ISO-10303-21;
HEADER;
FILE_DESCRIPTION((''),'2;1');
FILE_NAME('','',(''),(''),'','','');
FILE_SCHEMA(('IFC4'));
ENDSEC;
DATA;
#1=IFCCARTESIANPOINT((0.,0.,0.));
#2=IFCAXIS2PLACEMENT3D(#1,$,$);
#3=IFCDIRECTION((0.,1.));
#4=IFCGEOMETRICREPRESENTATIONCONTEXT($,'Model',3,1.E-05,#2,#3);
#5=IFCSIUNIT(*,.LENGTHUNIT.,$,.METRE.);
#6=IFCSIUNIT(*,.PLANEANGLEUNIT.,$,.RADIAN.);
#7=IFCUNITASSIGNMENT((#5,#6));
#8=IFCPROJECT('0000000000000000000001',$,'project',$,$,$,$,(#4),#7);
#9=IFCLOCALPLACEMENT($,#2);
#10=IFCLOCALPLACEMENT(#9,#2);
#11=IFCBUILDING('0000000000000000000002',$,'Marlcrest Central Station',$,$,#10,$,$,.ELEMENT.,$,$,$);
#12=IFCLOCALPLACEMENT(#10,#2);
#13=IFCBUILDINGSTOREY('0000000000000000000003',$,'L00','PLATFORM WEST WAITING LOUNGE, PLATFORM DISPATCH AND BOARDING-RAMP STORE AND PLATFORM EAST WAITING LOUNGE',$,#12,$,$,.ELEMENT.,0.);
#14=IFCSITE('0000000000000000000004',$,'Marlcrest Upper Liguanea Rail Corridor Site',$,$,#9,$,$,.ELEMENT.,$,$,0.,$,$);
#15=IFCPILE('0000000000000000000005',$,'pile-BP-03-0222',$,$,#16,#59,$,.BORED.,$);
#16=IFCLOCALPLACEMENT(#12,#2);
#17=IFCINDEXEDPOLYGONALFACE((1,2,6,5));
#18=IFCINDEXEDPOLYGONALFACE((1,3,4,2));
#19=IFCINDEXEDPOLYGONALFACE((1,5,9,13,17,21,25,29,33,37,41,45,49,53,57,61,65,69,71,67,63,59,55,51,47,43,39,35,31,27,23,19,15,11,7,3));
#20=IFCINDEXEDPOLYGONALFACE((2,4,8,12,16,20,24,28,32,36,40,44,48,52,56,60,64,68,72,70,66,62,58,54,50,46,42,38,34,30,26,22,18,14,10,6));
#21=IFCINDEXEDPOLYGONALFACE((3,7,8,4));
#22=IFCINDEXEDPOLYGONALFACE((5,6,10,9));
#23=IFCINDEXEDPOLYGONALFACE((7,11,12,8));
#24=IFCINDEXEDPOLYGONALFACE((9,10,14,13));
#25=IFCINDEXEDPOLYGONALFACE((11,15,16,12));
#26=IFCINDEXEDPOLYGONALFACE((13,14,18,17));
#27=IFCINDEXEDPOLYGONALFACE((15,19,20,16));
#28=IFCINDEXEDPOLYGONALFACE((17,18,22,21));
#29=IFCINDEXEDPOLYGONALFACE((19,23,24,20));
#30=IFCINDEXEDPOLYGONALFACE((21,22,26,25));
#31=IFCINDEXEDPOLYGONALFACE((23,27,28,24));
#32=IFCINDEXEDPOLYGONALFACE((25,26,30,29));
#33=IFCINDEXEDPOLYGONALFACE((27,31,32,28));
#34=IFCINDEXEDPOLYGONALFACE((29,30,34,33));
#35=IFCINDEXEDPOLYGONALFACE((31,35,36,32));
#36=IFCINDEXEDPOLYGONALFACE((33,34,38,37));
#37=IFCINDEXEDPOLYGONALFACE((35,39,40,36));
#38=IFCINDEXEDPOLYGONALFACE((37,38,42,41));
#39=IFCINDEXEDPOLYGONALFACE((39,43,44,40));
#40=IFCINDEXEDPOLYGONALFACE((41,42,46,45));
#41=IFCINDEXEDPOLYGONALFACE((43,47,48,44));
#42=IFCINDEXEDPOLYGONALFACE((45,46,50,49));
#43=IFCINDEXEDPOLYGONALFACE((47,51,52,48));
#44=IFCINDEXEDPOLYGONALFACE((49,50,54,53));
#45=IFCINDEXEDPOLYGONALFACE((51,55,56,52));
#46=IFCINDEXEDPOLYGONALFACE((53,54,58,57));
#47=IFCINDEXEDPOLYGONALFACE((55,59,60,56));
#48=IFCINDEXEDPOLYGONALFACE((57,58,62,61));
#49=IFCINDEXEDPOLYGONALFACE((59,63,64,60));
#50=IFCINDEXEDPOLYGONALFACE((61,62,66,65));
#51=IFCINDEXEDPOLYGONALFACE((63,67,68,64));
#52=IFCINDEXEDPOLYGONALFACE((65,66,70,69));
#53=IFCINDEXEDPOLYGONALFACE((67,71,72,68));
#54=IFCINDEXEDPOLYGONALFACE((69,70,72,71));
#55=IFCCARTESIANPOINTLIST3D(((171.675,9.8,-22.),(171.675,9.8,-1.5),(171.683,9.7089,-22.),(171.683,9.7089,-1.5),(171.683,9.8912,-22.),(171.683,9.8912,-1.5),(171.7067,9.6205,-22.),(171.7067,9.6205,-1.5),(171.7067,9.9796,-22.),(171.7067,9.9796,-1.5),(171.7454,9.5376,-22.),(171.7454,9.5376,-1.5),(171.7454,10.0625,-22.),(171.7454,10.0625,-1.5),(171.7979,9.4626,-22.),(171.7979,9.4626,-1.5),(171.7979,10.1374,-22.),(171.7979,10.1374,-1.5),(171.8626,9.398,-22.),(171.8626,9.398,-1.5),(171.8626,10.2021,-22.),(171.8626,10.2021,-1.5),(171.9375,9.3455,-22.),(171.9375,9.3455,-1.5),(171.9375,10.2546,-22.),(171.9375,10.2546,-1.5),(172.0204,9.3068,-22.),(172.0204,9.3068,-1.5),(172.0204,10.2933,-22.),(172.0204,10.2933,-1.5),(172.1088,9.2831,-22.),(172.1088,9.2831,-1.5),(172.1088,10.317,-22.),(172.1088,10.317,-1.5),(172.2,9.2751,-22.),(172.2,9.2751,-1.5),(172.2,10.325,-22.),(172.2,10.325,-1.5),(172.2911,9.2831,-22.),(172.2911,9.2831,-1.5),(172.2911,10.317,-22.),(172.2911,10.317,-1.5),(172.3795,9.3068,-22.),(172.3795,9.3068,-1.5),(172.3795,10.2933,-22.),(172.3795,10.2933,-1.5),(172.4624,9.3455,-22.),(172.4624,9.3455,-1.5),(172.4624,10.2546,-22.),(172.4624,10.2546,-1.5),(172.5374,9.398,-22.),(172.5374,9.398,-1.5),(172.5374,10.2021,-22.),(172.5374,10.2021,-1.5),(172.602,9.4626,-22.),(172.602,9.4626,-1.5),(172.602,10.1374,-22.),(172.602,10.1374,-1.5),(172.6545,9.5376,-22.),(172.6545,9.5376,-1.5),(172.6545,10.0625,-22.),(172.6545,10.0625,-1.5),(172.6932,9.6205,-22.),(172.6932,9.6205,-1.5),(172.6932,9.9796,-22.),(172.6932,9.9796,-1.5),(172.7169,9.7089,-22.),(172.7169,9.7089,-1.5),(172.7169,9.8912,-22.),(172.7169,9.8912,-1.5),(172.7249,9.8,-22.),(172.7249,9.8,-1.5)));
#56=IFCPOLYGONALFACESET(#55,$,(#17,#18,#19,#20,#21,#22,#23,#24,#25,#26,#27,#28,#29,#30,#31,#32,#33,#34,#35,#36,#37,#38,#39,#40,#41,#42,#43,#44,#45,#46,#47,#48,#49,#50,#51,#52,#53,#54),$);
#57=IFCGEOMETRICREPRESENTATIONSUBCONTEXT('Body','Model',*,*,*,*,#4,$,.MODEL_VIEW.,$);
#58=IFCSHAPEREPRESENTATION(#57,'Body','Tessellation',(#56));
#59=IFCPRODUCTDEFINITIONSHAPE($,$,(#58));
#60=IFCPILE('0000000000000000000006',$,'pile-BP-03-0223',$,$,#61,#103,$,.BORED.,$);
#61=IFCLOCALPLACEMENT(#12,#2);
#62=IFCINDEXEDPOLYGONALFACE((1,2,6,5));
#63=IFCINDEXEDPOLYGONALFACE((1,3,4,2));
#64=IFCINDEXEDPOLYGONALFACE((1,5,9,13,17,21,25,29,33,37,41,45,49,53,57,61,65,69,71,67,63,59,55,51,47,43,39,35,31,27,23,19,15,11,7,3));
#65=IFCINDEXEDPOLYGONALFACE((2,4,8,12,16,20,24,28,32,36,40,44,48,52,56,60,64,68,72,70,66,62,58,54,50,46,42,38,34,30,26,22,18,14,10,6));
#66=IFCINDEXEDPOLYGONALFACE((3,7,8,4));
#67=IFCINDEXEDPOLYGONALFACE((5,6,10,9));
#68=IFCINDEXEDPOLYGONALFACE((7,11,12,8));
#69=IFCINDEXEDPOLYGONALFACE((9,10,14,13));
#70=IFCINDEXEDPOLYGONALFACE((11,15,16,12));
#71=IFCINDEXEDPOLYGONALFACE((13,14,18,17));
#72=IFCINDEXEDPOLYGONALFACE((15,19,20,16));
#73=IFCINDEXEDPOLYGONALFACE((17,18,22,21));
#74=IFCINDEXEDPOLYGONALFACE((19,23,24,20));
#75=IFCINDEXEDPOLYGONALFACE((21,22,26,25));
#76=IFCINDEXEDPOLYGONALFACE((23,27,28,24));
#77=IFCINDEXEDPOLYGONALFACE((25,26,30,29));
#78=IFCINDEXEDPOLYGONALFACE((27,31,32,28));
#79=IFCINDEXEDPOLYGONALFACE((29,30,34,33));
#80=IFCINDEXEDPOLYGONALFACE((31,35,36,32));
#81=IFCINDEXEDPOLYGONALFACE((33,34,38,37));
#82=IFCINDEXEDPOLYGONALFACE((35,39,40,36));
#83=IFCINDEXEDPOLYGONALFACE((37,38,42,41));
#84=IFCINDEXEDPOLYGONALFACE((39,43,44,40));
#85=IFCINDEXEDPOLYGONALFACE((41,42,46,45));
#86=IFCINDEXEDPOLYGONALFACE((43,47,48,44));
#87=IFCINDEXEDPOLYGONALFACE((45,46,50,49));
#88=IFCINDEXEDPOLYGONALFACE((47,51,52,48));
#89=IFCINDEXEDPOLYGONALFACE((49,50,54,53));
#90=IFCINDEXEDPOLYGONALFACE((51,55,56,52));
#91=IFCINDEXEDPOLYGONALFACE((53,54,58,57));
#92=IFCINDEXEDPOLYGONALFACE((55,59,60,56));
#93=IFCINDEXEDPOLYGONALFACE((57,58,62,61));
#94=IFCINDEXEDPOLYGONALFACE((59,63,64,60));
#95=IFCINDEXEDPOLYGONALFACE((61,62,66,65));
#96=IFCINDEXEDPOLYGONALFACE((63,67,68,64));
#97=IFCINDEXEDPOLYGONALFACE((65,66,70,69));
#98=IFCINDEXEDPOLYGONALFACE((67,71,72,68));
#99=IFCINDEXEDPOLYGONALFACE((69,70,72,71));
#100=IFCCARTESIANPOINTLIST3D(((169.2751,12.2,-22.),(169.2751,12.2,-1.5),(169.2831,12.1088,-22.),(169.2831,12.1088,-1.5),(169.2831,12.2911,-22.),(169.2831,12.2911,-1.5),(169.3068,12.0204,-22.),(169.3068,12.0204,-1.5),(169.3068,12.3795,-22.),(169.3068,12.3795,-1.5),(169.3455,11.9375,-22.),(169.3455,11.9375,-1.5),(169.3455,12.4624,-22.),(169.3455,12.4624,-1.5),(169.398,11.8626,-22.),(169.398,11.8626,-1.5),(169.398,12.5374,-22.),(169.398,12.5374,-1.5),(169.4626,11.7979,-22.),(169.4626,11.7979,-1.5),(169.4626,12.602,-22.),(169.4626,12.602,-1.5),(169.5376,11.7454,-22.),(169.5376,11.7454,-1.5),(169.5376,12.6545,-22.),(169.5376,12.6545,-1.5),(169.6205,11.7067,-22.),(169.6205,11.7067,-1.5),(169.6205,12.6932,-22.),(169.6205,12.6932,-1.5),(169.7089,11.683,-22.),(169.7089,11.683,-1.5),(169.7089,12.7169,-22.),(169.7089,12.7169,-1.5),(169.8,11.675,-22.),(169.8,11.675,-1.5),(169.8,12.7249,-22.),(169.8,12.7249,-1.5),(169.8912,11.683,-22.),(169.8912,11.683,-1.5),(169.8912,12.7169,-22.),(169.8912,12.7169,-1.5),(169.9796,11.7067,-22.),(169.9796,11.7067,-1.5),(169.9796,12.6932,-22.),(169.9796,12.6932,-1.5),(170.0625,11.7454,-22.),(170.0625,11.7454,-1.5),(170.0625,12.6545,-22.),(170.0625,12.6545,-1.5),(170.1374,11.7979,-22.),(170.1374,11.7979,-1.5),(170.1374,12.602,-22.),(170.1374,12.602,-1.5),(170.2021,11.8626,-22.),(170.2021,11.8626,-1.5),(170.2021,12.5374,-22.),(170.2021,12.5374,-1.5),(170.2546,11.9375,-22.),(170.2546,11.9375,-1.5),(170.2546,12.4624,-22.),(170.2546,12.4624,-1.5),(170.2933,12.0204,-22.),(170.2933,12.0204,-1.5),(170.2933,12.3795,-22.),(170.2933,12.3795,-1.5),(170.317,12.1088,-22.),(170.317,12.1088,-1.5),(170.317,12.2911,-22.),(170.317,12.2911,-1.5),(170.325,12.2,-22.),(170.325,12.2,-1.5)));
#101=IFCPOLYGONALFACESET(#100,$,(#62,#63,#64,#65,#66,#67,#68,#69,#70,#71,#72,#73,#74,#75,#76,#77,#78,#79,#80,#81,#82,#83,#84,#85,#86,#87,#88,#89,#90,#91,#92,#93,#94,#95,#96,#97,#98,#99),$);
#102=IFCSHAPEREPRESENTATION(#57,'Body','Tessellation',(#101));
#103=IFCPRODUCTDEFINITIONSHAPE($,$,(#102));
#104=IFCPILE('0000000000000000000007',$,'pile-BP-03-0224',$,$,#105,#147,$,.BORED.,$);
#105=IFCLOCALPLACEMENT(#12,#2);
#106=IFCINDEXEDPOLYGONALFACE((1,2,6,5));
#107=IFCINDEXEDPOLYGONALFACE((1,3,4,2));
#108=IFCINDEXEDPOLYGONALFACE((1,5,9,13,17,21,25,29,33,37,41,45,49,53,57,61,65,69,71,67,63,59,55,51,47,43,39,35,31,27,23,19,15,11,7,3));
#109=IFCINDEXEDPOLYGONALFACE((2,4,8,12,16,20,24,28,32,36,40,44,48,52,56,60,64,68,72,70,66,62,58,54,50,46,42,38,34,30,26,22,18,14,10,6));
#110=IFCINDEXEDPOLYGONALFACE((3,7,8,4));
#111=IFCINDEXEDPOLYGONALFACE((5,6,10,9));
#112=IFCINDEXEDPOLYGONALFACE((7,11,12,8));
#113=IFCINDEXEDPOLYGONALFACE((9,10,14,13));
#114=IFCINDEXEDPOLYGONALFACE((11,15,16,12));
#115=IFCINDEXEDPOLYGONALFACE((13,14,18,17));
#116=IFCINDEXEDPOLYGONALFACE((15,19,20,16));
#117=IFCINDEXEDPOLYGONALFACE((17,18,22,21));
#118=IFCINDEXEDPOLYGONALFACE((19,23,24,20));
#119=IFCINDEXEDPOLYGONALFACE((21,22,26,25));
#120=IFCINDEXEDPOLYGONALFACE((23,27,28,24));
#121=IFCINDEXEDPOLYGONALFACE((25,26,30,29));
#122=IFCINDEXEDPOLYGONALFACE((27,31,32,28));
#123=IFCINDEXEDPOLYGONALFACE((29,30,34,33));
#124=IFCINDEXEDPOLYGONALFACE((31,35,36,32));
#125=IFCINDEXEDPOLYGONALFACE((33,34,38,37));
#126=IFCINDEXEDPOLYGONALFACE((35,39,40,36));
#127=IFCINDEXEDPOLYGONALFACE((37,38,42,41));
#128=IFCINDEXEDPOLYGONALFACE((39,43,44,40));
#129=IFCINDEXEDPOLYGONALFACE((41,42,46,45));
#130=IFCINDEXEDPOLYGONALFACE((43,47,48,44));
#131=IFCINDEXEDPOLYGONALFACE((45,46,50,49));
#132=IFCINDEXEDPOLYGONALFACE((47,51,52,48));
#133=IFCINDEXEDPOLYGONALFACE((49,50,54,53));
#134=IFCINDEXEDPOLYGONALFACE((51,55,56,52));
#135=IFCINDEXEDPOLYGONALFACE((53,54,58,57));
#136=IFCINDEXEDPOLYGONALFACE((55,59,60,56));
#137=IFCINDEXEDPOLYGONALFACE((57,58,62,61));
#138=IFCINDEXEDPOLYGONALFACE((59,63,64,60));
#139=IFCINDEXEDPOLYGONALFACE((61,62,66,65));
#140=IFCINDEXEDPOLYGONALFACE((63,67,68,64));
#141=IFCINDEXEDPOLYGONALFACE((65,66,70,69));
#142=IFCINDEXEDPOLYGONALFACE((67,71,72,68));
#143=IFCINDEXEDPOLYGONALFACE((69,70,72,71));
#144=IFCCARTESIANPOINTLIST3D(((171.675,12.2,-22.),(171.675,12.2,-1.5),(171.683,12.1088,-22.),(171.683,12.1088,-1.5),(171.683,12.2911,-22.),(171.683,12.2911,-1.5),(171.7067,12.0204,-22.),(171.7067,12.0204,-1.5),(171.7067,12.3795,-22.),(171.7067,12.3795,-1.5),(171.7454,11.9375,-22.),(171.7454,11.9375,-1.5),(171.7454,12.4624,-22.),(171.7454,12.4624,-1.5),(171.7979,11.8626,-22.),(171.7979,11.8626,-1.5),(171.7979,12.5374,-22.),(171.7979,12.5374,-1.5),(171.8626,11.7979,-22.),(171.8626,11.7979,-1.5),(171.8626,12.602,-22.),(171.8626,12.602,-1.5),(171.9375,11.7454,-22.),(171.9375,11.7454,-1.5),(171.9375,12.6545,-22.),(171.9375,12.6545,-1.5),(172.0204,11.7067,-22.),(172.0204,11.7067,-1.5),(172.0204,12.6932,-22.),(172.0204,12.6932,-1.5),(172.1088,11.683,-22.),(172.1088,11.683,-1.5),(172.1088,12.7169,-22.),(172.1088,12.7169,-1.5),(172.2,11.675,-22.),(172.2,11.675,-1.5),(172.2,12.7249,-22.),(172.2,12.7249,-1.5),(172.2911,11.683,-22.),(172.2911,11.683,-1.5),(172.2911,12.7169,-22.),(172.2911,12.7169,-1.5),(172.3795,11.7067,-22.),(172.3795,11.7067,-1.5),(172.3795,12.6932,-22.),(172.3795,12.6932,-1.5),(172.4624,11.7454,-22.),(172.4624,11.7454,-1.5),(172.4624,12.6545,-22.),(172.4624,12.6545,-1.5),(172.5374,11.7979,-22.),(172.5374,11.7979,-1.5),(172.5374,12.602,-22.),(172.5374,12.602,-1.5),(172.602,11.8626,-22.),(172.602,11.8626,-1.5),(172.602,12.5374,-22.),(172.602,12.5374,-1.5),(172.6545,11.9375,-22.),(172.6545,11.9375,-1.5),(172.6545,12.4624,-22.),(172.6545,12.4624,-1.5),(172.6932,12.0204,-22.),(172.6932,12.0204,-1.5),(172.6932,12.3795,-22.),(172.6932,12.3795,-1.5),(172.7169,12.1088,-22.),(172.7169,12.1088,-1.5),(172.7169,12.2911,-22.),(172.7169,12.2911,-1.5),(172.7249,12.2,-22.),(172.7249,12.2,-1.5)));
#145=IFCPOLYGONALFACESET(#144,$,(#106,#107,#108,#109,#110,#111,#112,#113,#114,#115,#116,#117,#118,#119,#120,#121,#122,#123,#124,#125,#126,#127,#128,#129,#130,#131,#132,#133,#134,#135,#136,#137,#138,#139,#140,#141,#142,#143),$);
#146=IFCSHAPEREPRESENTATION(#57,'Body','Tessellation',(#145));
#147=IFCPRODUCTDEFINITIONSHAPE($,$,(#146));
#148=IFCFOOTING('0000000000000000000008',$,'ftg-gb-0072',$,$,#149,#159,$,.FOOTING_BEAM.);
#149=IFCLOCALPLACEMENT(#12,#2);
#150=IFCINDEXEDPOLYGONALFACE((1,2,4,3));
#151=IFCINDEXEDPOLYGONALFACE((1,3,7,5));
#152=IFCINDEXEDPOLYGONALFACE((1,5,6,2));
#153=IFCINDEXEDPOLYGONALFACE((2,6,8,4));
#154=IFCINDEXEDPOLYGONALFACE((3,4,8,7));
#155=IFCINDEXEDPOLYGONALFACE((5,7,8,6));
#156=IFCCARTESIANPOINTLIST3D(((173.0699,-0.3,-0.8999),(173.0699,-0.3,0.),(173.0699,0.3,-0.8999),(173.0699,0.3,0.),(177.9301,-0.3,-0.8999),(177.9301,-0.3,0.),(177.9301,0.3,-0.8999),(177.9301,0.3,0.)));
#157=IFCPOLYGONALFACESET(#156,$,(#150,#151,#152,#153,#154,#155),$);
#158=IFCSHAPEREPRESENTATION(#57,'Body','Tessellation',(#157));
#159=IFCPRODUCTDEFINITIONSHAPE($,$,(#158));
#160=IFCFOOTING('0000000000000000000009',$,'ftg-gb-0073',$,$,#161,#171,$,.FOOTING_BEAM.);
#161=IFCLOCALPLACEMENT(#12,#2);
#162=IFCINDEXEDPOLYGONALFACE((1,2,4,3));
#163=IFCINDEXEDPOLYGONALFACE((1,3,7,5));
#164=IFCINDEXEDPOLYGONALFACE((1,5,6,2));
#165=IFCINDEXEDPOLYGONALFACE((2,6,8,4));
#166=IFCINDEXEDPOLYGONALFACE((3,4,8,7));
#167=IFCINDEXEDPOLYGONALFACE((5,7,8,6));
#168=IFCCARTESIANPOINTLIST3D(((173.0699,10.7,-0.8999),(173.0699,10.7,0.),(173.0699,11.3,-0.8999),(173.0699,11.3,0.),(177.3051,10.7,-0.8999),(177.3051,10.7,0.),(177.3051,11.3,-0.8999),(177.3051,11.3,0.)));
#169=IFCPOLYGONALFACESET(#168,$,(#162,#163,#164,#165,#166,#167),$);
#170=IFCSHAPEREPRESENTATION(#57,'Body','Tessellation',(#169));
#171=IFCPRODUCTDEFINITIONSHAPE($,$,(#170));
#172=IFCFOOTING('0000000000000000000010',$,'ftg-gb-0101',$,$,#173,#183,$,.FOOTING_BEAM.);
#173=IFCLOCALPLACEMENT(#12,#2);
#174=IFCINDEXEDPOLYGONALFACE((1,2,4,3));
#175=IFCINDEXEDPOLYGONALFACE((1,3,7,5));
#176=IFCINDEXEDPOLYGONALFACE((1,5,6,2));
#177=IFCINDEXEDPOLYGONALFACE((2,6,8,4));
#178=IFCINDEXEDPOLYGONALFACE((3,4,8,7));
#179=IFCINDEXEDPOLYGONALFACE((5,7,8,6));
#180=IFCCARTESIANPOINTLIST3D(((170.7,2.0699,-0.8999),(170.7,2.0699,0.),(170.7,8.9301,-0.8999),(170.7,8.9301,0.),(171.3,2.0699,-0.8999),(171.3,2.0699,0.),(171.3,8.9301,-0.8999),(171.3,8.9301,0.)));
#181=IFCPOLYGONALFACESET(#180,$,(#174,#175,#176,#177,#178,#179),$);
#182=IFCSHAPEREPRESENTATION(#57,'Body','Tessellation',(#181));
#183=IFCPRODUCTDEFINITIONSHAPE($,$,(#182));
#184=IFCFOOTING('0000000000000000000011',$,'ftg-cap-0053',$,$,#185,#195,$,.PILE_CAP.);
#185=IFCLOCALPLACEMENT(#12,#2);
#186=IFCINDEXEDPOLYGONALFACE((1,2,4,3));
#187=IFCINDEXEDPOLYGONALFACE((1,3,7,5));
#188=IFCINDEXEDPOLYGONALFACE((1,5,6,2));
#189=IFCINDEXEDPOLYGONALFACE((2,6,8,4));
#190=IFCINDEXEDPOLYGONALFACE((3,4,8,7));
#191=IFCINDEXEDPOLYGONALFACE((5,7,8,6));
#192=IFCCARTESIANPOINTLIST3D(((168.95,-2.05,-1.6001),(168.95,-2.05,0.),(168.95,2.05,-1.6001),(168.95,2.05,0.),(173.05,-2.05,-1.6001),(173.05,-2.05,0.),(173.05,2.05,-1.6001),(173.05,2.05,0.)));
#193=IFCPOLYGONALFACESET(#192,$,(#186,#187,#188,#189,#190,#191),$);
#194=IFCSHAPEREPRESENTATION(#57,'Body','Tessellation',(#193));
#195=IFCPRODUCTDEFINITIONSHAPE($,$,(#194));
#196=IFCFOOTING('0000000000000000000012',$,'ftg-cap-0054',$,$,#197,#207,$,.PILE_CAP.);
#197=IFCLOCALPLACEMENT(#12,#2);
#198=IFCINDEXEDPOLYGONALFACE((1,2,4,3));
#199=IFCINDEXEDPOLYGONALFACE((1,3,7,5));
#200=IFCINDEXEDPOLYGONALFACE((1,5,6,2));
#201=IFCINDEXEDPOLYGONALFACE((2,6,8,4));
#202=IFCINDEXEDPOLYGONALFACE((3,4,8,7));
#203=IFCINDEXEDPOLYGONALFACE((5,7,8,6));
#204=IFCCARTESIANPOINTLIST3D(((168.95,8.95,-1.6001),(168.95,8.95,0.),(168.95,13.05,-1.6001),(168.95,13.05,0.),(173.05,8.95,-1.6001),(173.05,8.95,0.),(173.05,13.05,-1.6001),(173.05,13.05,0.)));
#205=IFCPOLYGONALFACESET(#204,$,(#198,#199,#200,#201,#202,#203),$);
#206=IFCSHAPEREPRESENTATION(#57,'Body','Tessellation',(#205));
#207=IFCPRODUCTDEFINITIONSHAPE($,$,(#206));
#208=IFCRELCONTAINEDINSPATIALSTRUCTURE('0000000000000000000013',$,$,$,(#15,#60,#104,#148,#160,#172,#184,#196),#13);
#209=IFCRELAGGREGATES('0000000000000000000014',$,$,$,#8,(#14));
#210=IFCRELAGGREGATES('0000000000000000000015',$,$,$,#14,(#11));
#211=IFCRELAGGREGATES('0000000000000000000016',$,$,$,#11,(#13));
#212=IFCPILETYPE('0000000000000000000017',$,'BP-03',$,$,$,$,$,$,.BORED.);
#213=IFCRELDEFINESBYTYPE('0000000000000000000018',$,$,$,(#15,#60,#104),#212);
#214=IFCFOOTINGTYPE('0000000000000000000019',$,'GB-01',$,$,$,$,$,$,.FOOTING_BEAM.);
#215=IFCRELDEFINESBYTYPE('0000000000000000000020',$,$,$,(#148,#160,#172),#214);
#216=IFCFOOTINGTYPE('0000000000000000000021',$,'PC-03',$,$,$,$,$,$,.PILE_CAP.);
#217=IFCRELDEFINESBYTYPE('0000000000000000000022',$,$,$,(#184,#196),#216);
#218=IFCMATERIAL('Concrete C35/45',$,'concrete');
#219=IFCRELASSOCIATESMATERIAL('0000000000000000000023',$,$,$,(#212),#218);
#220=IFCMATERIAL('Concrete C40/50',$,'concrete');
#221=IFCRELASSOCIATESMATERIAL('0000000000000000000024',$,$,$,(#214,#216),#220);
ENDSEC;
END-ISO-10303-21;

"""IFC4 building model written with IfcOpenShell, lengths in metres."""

from ifc_helpers import new_model, si_unit, direction, frame, origin, origin_2d, place, context, subcontext, project, spatial, rectangle, circle, extrude, material, material_profile, profile_set, type_object, element, save


model = new_model("IFC4")

# Units and contexts
model_context = context("Model", 3, precision=1e-05, world=origin(), true_north=direction((0.0, 1.0)))
body_context = subcontext(model_context, "Body", "Model", "MODEL_VIEW")
ifc_project = project(units=[si_unit("LENGTHUNIT", "METRE"), si_unit("PLANEANGLEUNIT", "RADIAN")], contexts=[model_context])

# Site, building, storey
site_placement = place(None, origin())
site = spatial("IfcSite", under=ifc_project, at=site_placement, Name="Marlcrest Upper Liguanea Rail Corridor Site", CompositionType="ELEMENT", RefElevation=0.0)
building_placement = place(site_placement, origin())
building = spatial("IfcBuilding", under=site, at=building_placement, Name="Marlcrest Central Station", CompositionType="ELEMENT")
storey_placement = place(building_placement, origin())
storey = spatial("IfcBuildingStorey", under=building, at=storey_placement, Name="L00", Description="PLATFORM WEST WAITING LOUNGE, PLATFORM DISPATCH AND BOARDING-RAMP STORE AND PLATFORM EAST WAITING LOUNGE", CompositionType="ELEMENT", Elevation=0.0)

# Piles
ifc_material_1 = material(Name="Concrete C35/45", Category="concrete")
ifc_material_profile_1 = material_profile(ifc_material_1, circle(Radius=0.5249, at=origin_2d()), Name="PILE D1050")
ifc_profile_set_1 = profile_set([ifc_material_profile_1], Name="Concrete C35/45")
pile_type = type_object("IfcPileType", Name="BP-03", PredefinedType="BORED", material=ifc_profile_set_1)
for number, where, z_axis, x_axis, name in (
    (1, (172.2, 9.8, -1.5), (0.0, 0.0, -1.0), (1.0, 0.0, 0.0), "pile-BP-03-0222"),
    (2, (169.8, 12.2, -1.5), (0.0, 0.0, -1.0), (1.0, 0.0, 0.0), "pile-BP-03-0223"),
    (3, (172.2, 12.2, -1.5), (0.0, 0.0, -1.0), (1.0, 0.0, 0.0), "pile-BP-03-0224"),
):
    element("IfcPile", number, at=place(storey_placement, frame(where, z_axis=z_axis, x_axis=x_axis)), inside=storey, type_object=pile_type, Name=name, PredefinedType="BORED", context=body_context, shape_type="SweptSolid", body=[
        extrude(circle(Radius=0.5249, at=origin_2d()), origin(), (0.0, 0.0, 1.0), 20.5),
    ])

# Footings
ifc_material_2 = material(Name="Concrete C40/50", Category="concrete")
footing_type_1 = type_object("IfcFootingType", Name="GB-01", PredefinedType="FOOTING_BEAM", material=ifc_material_2)
footing_1_placement = place(storey_placement, frame((175.5, 0.0, -0.8999), z_axis=(0.0, 0.0, 1.0), x_axis=(1.0, 0.0, 0.0)))
element("IfcFooting", 4, at=footing_1_placement, inside=storey, type_object=footing_type_1, Name="ftg-gb-0072", PredefinedType="FOOTING_BEAM", context=body_context, shape_type="SweptSolid", body=[
    extrude(rectangle(XDim=4.8601, YDim=0.6001, at=origin_2d()), origin(), (0.0, 0.0, 1.0), 0.8999),
])
footing_2_placement = place(storey_placement, frame((175.1875, 11.0, -0.8999), z_axis=(0.0, 0.0, 1.0), x_axis=(1.0, 0.0, 0.0)))
element("IfcFooting", 5, at=footing_2_placement, inside=storey, type_object=footing_type_1, Name="ftg-gb-0073", PredefinedType="FOOTING_BEAM", context=body_context, shape_type="SweptSolid", body=[
    extrude(rectangle(XDim=4.2351, YDim=0.6001, at=origin_2d()), origin(), (0.0, 0.0, 1.0), 0.8999),
])
footing_3_placement = place(storey_placement, frame((171.0, 5.5, -0.8999), z_axis=(0.0, 0.0, 1.0), x_axis=(1.0, 0.0, 0.0)))
element("IfcFooting", 6, at=footing_3_placement, inside=storey, type_object=footing_type_1, Name="ftg-gb-0101", PredefinedType="FOOTING_BEAM", context=body_context, shape_type="SweptSolid", body=[
    extrude(rectangle(XDim=0.6001, YDim=6.8601, at=origin_2d()), origin(), (0.0, 0.0, 1.0), 0.8999),
])
footing_type_2 = type_object("IfcFootingType", Name="PC-03", PredefinedType="PILE_CAP", material=ifc_material_2)
for number, where, z_axis, x_axis, name in (
    (7, (171.0, 0.0, -1.6001), (0.0, 0.0, 1.0), (1.0, 0.0, 0.0), "ftg-cap-0053"),
    (8, (171.0, 11.0, -1.6001), (0.0, 0.0, 1.0), (1.0, 0.0, 0.0), "ftg-cap-0054"),
):
    element("IfcFooting", number, at=place(storey_placement, frame(where, z_axis=z_axis, x_axis=x_axis)), inside=storey, type_object=footing_type_2, Name=name, PredefinedType="PILE_CAP", context=body_context, shape_type="SweptSolid", body=[
        extrude(rectangle(XDim=4.1001, YDim=4.1001, at=origin_2d()), origin(), (0.0, 0.0, 1.0), 1.6001),
    ])

save(model, "model.ifc")
